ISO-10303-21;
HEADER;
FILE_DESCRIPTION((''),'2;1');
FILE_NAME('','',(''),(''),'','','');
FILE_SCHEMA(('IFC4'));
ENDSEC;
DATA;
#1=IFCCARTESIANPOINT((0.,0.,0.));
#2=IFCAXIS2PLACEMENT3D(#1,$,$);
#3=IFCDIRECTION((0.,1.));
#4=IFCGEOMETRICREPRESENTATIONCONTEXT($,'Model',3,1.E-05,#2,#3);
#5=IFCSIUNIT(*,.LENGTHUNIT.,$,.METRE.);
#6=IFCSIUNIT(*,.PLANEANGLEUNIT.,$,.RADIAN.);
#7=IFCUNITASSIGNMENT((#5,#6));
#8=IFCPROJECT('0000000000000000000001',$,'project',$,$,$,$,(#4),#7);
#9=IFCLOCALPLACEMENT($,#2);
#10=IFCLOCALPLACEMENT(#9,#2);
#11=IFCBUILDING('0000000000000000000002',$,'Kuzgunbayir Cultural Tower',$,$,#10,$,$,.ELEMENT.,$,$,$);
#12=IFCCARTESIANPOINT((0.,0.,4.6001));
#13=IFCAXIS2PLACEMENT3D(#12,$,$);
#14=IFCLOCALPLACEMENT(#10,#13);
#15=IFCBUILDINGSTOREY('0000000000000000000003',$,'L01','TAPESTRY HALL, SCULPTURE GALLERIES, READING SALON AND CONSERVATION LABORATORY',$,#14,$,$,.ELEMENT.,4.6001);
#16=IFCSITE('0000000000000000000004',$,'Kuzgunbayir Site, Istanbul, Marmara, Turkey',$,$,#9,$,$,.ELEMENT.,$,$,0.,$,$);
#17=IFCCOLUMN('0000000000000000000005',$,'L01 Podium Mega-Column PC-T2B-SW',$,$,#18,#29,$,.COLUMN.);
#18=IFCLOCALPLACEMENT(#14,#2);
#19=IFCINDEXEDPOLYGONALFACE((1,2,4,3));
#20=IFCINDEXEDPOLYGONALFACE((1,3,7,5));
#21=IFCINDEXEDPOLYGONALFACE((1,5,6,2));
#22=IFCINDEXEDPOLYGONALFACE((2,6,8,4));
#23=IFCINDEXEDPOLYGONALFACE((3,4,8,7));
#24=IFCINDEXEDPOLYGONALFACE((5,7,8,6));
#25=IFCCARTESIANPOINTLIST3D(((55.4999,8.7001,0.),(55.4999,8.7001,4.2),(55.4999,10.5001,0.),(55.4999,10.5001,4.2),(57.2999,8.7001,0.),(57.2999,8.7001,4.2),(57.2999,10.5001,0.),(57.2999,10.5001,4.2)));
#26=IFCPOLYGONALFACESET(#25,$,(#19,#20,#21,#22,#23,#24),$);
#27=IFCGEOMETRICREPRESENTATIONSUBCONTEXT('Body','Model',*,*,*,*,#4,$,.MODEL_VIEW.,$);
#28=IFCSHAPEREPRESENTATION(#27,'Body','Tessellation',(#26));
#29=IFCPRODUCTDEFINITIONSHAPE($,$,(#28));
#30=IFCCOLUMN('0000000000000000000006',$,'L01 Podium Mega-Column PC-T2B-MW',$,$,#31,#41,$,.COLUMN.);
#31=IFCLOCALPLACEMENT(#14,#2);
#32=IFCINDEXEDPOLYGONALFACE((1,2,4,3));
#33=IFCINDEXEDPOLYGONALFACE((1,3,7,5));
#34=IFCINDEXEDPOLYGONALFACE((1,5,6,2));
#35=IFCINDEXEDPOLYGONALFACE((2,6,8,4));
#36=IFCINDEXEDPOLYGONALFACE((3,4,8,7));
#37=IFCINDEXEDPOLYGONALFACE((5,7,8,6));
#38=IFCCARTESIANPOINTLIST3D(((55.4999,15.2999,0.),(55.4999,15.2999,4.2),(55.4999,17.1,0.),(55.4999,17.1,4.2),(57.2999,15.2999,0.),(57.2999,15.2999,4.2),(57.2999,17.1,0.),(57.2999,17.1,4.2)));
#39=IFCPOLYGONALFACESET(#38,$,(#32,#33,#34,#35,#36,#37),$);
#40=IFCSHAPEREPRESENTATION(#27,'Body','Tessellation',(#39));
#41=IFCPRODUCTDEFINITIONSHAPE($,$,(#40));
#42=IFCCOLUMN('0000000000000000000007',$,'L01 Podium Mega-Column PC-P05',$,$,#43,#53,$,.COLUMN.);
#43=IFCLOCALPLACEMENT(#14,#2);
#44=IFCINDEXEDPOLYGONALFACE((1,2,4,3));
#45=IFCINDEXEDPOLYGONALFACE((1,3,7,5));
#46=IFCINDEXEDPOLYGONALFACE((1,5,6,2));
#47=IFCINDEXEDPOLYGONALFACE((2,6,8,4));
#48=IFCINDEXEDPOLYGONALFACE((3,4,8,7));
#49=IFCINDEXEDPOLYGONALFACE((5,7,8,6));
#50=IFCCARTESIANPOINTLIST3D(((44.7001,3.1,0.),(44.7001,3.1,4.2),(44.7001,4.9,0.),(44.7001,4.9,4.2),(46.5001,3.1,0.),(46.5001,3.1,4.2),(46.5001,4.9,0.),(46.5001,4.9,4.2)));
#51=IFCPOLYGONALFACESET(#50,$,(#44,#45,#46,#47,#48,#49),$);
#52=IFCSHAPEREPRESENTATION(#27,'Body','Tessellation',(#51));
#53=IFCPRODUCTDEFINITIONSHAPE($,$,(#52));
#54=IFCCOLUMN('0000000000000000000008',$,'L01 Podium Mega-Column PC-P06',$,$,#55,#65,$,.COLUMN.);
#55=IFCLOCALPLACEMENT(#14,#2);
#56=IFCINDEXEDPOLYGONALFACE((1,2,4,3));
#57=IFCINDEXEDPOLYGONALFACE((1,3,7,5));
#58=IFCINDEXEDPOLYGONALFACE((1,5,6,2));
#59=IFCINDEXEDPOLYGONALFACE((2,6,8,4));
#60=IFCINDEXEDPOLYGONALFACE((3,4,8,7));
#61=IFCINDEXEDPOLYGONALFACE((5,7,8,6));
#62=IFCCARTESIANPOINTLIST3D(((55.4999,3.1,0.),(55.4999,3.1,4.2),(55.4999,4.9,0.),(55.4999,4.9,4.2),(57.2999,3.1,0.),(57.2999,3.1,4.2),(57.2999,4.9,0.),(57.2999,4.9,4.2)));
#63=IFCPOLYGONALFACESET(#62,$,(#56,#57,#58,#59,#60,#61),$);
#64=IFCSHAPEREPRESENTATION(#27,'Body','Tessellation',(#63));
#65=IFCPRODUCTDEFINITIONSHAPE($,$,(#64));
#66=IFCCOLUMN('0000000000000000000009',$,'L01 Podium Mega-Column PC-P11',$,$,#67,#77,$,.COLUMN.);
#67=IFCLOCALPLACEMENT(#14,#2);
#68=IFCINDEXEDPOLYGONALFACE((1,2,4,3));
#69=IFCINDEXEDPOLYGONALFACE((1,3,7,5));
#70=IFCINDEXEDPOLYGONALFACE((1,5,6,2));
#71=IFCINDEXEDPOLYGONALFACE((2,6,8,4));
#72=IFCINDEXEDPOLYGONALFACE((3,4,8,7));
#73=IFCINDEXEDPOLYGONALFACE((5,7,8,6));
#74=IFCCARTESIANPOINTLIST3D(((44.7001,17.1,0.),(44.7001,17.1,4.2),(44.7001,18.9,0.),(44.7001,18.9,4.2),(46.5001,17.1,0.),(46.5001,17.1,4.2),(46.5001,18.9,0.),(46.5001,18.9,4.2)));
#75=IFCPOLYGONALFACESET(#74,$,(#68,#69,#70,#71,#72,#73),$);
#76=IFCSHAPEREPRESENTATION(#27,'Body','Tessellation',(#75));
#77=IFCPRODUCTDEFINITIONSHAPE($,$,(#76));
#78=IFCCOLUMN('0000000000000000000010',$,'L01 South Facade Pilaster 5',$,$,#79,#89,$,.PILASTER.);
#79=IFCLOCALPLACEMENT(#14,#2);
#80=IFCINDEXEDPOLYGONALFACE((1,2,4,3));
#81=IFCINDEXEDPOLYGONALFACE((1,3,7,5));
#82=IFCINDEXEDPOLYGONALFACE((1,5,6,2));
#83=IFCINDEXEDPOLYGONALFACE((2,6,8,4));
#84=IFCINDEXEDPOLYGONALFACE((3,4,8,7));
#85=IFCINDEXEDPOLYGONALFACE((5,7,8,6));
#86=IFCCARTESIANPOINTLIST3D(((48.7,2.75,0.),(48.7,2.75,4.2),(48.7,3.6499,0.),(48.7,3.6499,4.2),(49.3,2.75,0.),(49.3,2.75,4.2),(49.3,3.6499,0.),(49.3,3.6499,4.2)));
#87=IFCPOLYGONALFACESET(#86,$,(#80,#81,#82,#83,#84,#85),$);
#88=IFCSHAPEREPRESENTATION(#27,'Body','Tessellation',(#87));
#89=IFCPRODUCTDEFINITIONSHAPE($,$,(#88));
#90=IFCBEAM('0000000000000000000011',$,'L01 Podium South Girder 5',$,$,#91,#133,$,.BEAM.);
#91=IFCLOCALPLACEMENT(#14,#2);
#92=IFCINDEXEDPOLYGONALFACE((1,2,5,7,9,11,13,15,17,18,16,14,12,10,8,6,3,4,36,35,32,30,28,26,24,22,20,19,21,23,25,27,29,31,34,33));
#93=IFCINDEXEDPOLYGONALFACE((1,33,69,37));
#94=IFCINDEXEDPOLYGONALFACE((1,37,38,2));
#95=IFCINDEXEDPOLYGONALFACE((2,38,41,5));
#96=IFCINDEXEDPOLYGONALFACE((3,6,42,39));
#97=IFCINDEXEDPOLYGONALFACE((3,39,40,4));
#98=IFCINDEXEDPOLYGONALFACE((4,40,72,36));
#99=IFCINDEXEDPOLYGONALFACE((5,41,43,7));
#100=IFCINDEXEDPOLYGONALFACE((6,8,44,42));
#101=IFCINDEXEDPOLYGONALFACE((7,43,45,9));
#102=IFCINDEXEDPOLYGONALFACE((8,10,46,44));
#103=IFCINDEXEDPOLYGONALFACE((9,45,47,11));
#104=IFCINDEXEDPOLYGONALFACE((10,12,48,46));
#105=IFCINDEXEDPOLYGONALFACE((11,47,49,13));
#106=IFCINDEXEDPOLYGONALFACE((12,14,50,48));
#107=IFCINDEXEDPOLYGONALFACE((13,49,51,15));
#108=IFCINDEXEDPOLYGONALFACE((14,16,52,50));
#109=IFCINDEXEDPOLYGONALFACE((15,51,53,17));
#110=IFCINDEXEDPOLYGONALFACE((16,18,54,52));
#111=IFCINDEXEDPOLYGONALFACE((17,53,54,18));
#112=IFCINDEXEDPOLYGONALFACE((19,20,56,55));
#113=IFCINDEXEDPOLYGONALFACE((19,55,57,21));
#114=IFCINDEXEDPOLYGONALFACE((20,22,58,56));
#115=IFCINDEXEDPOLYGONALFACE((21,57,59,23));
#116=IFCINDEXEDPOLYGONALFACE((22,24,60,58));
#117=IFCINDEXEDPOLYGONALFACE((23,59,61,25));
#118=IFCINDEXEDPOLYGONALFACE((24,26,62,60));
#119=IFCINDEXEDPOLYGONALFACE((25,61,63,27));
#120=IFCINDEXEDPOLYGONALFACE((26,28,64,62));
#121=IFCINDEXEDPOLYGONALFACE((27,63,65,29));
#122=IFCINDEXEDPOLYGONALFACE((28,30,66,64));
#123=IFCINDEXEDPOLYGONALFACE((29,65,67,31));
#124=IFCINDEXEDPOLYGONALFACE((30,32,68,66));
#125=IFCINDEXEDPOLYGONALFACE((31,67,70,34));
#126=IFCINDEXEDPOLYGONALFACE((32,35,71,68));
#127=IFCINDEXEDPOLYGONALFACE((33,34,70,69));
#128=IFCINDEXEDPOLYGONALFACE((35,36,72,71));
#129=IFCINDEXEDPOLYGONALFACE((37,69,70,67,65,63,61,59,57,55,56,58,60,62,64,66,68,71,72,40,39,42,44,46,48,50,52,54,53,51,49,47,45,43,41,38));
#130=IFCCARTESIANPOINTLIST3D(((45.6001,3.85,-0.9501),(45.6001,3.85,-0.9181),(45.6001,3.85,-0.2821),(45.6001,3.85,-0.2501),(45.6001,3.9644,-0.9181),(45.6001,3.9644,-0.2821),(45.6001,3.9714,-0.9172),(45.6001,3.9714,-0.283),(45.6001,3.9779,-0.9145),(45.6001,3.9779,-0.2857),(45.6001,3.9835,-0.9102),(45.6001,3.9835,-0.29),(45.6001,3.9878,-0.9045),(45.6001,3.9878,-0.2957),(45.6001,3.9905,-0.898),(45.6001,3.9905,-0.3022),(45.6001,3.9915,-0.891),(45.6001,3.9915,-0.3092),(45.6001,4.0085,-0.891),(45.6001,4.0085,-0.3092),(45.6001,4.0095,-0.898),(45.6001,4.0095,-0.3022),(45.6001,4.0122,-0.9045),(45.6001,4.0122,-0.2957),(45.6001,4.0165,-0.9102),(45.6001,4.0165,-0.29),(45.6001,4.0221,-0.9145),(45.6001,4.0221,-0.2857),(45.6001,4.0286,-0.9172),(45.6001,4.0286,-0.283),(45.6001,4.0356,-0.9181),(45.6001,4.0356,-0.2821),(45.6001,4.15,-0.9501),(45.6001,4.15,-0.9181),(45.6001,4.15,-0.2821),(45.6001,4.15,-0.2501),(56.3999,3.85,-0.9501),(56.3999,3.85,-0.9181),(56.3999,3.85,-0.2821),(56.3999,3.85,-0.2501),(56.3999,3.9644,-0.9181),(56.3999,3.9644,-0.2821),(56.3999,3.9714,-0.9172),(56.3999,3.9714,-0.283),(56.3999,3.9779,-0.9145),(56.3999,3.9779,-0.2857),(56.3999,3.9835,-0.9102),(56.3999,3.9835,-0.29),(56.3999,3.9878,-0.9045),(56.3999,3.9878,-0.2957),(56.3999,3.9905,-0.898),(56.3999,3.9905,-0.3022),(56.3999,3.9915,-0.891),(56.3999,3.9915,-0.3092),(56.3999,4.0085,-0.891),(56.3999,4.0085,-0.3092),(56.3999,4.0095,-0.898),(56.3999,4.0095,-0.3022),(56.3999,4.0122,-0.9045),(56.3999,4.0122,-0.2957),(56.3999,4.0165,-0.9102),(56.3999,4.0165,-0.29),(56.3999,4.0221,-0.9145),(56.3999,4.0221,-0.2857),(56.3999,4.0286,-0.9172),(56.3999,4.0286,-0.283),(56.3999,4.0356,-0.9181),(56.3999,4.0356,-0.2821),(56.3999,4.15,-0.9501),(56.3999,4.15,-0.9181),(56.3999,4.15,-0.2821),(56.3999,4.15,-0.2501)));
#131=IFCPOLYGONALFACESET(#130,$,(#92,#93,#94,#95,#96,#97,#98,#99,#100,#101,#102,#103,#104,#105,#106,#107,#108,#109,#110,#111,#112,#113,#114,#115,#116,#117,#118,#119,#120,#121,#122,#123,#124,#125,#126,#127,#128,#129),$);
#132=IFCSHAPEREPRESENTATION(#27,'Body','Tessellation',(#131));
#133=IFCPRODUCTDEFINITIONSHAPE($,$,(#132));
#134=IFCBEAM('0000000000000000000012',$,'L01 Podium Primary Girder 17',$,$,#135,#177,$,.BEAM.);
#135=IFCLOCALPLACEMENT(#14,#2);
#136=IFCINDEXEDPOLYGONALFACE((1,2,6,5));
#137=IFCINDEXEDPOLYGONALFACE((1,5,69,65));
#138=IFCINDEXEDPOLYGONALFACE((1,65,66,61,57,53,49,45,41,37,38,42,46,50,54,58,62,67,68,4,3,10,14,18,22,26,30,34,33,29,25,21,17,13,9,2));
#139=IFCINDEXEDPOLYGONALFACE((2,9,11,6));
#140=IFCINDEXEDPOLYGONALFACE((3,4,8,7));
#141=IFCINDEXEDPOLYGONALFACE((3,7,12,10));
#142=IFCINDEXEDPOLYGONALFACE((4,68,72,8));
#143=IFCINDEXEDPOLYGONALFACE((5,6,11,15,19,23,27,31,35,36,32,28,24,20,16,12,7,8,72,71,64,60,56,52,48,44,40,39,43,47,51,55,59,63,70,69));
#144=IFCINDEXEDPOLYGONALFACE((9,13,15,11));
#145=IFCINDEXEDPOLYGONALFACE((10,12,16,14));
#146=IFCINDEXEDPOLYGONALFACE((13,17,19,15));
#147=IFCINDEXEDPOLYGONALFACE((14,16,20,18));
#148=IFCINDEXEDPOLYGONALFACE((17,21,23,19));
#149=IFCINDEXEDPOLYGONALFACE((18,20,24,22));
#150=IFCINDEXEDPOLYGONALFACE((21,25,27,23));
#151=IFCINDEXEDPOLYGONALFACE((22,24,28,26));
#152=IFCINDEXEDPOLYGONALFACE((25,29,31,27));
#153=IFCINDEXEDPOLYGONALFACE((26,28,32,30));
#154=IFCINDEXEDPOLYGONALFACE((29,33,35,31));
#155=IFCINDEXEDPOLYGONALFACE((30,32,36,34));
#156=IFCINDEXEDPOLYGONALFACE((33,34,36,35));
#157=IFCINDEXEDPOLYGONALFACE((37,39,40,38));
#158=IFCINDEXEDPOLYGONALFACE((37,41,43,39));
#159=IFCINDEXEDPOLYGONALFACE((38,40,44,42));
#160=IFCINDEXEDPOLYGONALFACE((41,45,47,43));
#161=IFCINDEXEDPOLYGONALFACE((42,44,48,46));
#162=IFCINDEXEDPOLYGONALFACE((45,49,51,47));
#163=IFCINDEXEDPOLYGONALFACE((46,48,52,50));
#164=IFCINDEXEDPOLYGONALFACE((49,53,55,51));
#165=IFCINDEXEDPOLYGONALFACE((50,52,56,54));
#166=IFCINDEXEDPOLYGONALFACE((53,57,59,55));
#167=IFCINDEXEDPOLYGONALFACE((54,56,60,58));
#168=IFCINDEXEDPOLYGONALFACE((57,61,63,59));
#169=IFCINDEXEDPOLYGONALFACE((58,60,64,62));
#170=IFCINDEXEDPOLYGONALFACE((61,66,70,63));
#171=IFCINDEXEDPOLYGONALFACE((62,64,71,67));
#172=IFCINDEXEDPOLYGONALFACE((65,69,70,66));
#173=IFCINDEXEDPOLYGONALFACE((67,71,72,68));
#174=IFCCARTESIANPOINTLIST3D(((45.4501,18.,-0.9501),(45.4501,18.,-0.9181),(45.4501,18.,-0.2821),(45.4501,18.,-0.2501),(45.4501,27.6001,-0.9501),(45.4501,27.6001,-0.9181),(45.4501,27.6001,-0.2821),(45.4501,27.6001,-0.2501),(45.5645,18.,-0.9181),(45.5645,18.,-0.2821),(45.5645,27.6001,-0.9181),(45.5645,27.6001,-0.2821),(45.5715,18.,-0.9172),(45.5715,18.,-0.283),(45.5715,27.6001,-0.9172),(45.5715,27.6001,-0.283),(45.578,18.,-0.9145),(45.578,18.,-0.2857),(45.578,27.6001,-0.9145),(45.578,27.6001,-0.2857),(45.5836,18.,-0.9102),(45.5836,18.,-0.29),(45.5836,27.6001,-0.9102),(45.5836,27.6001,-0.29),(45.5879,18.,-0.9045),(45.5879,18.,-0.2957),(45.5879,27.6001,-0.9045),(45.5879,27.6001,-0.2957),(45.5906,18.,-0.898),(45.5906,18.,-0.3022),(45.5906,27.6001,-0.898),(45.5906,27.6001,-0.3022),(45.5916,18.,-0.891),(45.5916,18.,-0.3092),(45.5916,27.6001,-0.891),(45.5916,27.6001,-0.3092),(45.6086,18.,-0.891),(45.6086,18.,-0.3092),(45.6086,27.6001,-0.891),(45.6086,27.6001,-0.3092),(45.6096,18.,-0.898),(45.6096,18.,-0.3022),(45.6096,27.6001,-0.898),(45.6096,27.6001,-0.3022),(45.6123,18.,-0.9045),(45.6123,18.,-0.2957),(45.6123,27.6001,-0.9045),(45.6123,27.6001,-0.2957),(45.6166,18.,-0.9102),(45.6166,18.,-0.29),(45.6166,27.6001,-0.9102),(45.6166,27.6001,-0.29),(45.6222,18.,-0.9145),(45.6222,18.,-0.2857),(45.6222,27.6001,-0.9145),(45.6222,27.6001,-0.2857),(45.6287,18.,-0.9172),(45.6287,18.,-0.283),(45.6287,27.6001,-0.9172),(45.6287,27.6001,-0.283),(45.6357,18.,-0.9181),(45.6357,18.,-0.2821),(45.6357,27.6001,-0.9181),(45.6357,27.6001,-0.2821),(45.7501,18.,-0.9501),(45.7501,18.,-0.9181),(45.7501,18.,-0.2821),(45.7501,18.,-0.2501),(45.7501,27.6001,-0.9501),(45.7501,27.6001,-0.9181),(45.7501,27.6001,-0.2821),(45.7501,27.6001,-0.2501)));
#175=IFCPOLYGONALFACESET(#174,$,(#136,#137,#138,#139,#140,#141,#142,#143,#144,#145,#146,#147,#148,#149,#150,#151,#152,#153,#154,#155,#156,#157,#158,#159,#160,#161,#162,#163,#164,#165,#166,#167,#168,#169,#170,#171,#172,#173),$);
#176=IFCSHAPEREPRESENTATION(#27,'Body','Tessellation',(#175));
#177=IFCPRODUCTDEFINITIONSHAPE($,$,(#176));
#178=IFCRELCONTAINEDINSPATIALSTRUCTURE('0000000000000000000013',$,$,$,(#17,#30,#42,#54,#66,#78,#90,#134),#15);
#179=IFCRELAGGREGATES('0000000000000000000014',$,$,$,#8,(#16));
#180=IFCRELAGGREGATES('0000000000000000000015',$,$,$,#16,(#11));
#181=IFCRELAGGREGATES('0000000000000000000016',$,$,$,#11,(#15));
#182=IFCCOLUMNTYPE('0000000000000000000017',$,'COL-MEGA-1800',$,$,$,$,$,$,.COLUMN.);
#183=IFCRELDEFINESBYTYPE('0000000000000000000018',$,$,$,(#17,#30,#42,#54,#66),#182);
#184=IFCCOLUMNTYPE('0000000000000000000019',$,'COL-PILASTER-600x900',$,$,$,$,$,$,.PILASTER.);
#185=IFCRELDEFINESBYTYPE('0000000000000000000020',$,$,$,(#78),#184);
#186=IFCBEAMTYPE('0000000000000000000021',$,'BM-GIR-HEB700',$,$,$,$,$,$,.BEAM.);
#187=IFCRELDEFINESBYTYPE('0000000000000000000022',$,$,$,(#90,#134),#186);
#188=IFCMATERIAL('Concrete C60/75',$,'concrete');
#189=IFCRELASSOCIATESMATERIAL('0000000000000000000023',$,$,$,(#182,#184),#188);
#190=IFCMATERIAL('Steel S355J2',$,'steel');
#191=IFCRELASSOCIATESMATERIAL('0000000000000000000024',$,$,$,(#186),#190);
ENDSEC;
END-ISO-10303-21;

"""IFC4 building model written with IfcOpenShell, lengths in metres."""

from ifc_helpers import new_model, si_unit, direction, frame, origin, origin_2d, place, context, subcontext, project, spatial, rectangle, i_section, extrude, material, material_profile, profile_set, type_object, element, save


model = new_model("IFC4")

# Units and contexts
model_context = context("Model", 3, precision=1e-05, world=origin(), true_north=direction((0.0, 1.0)))
body_context = subcontext(model_context, "Body", "Model", "MODEL_VIEW")
ifc_project = project(units=[si_unit("LENGTHUNIT", "METRE"), si_unit("PLANEANGLEUNIT", "RADIAN")], contexts=[model_context])

# Site, building, storey
site_placement = place(None, origin())
site = spatial("IfcSite", under=ifc_project, at=site_placement, Name="Kuzgunbayir Site, Istanbul, Marmara, Turkey", CompositionType="ELEMENT", RefElevation=0.0)
building_placement = place(site_placement, origin())
building = spatial("IfcBuilding", under=site, at=building_placement, Name="Kuzgunbayir Cultural Tower", CompositionType="ELEMENT")
storey_placement = place(building_placement, frame((0.0, 0.0, 4.6001)))
storey = spatial("IfcBuildingStorey", under=building, at=storey_placement, Name="L01", Description="TAPESTRY HALL, SCULPTURE GALLERIES, READING SALON AND CONSERVATION LABORATORY", CompositionType="ELEMENT", Elevation=4.6001)

# Columns
ifc_material_1 = material(Name="Concrete C60/75", Category="concrete")
ifc_material_profile_1 = material_profile(ifc_material_1, rectangle(XDim=1.8, YDim=1.8, at=origin_2d()), Name="RC 1800x1800")
ifc_profile_set_1 = profile_set([ifc_material_profile_1], Name="Concrete C60/75")
column_type_1 = type_object("IfcColumnType", Name="COL-MEGA-1800", PredefinedType="COLUMN", material=ifc_profile_set_1)
for number, where, z_axis, x_axis, name in (
    (1, (56.3999, 9.6001, 0.0), (0.0, 0.0, 1.0), (1.0, 0.0, 0.0), "L01 Podium Mega-Column PC-T2B-SW"),
    (2, (56.3999, 16.2, 0.0), (0.0, 0.0, 1.0), (1.0, 0.0, 0.0), "L01 Podium Mega-Column PC-T2B-MW"),
    (3, (45.6001, 4.0, 0.0), (0.0, 0.0, 1.0), (1.0, 0.0, 0.0), "L01 Podium Mega-Column PC-P05"),
    (4, (56.3999, 4.0, 0.0), (0.0, 0.0, 1.0), (1.0, 0.0, 0.0), "L01 Podium Mega-Column PC-P06"),
    (5, (45.6001, 18.0, 0.0), (0.0, 0.0, 1.0), (1.0, 0.0, 0.0), "L01 Podium Mega-Column PC-P11"),
):
    element("IfcColumn", number, at=place(storey_placement, frame(where, z_axis=z_axis, x_axis=x_axis)), inside=storey, type_object=column_type_1, Name=name, PredefinedType="COLUMN", context=body_context, shape_type="SweptSolid", body=[
        extrude(rectangle(XDim=1.8, YDim=1.8, at=origin_2d()), origin(), (0.0, 0.0, 1.0), 4.2),
    ])
ifc_material_profile_2 = material_profile(ifc_material_1, rectangle(XDim=0.6001, YDim=0.8999, at=origin_2d()), Name="RC 600x900")
ifc_profile_set_2 = profile_set([ifc_material_profile_2], Name="Concrete C60/75")
column_type_2 = type_object("IfcColumnType", Name="COL-PILASTER-600x900", PredefinedType="PILASTER", material=ifc_profile_set_2)
column_placement = place(storey_placement, frame((49.0, 3.2, 0.0), z_axis=(0.0, 0.0, 1.0), x_axis=(1.0, 0.0, 0.0)))
element("IfcColumn", 6, at=column_placement, inside=storey, type_object=column_type_2, Name="L01 South Facade Pilaster 5", PredefinedType="PILASTER", context=body_context, shape_type="SweptSolid", body=[
    extrude(rectangle(XDim=0.6001, YDim=0.8999, at=origin_2d()), origin(), (0.0, 0.0, 1.0), 4.2),
])

# Beams
ifc_material_2 = material(Name="Steel S355J2", Category="steel")
ifc_material_profile_3 = material_profile(ifc_material_2, i_section(OverallWidth=0.3, OverallDepth=0.7, WebThickness=0.0171, FlangeThickness=0.032, FilletRadius=0.0271, at=origin_2d()), Name="HEB 700")
ifc_profile_set_3 = profile_set([ifc_material_profile_3], Name="Steel S355J2")
beam_type_1 = type_object("IfcBeamType", Name="BM-GIR-HEB700", PredefinedType="BEAM", material=ifc_profile_set_3)
beam_1_placement = place(storey_placement, frame((45.6001, 4.0, -0.6001), z_axis=(1.0, 0.0, 0.0), x_axis=(0.0, 1.0, 0.0)))
element("IfcBeam", 7, at=beam_1_placement, inside=storey, type_object=beam_type_1, Name="L01 Podium South Girder 5", PredefinedType="BEAM", context=body_context, shape_type="SweptSolid", body=[
    extrude(i_section(OverallWidth=0.3, OverallDepth=0.7, WebThickness=0.0171, FlangeThickness=0.032, FilletRadius=0.0271, at=origin_2d()), origin(), (0.0, 0.0, 1.0), 10.7998),
])
beam_2_placement = place(storey_placement, frame((45.6001, 18.0, -0.6001), z_axis=(0.0, 1.0, 0.0), x_axis=(-1.0, 0.0, 0.0)))
element("IfcBeam", 8, at=beam_2_placement, inside=storey, type_object=beam_type_1, Name="L01 Podium Primary Girder 17", PredefinedType="BEAM", context=body_context, shape_type="SweptSolid", body=[
    extrude(i_section(OverallWidth=0.3, OverallDepth=0.7, WebThickness=0.0171, FlangeThickness=0.032, FilletRadius=0.0271, at=origin_2d()), origin(), (0.0, 0.0, 1.0), 9.6001),
])

save(model, "model.ifc")
